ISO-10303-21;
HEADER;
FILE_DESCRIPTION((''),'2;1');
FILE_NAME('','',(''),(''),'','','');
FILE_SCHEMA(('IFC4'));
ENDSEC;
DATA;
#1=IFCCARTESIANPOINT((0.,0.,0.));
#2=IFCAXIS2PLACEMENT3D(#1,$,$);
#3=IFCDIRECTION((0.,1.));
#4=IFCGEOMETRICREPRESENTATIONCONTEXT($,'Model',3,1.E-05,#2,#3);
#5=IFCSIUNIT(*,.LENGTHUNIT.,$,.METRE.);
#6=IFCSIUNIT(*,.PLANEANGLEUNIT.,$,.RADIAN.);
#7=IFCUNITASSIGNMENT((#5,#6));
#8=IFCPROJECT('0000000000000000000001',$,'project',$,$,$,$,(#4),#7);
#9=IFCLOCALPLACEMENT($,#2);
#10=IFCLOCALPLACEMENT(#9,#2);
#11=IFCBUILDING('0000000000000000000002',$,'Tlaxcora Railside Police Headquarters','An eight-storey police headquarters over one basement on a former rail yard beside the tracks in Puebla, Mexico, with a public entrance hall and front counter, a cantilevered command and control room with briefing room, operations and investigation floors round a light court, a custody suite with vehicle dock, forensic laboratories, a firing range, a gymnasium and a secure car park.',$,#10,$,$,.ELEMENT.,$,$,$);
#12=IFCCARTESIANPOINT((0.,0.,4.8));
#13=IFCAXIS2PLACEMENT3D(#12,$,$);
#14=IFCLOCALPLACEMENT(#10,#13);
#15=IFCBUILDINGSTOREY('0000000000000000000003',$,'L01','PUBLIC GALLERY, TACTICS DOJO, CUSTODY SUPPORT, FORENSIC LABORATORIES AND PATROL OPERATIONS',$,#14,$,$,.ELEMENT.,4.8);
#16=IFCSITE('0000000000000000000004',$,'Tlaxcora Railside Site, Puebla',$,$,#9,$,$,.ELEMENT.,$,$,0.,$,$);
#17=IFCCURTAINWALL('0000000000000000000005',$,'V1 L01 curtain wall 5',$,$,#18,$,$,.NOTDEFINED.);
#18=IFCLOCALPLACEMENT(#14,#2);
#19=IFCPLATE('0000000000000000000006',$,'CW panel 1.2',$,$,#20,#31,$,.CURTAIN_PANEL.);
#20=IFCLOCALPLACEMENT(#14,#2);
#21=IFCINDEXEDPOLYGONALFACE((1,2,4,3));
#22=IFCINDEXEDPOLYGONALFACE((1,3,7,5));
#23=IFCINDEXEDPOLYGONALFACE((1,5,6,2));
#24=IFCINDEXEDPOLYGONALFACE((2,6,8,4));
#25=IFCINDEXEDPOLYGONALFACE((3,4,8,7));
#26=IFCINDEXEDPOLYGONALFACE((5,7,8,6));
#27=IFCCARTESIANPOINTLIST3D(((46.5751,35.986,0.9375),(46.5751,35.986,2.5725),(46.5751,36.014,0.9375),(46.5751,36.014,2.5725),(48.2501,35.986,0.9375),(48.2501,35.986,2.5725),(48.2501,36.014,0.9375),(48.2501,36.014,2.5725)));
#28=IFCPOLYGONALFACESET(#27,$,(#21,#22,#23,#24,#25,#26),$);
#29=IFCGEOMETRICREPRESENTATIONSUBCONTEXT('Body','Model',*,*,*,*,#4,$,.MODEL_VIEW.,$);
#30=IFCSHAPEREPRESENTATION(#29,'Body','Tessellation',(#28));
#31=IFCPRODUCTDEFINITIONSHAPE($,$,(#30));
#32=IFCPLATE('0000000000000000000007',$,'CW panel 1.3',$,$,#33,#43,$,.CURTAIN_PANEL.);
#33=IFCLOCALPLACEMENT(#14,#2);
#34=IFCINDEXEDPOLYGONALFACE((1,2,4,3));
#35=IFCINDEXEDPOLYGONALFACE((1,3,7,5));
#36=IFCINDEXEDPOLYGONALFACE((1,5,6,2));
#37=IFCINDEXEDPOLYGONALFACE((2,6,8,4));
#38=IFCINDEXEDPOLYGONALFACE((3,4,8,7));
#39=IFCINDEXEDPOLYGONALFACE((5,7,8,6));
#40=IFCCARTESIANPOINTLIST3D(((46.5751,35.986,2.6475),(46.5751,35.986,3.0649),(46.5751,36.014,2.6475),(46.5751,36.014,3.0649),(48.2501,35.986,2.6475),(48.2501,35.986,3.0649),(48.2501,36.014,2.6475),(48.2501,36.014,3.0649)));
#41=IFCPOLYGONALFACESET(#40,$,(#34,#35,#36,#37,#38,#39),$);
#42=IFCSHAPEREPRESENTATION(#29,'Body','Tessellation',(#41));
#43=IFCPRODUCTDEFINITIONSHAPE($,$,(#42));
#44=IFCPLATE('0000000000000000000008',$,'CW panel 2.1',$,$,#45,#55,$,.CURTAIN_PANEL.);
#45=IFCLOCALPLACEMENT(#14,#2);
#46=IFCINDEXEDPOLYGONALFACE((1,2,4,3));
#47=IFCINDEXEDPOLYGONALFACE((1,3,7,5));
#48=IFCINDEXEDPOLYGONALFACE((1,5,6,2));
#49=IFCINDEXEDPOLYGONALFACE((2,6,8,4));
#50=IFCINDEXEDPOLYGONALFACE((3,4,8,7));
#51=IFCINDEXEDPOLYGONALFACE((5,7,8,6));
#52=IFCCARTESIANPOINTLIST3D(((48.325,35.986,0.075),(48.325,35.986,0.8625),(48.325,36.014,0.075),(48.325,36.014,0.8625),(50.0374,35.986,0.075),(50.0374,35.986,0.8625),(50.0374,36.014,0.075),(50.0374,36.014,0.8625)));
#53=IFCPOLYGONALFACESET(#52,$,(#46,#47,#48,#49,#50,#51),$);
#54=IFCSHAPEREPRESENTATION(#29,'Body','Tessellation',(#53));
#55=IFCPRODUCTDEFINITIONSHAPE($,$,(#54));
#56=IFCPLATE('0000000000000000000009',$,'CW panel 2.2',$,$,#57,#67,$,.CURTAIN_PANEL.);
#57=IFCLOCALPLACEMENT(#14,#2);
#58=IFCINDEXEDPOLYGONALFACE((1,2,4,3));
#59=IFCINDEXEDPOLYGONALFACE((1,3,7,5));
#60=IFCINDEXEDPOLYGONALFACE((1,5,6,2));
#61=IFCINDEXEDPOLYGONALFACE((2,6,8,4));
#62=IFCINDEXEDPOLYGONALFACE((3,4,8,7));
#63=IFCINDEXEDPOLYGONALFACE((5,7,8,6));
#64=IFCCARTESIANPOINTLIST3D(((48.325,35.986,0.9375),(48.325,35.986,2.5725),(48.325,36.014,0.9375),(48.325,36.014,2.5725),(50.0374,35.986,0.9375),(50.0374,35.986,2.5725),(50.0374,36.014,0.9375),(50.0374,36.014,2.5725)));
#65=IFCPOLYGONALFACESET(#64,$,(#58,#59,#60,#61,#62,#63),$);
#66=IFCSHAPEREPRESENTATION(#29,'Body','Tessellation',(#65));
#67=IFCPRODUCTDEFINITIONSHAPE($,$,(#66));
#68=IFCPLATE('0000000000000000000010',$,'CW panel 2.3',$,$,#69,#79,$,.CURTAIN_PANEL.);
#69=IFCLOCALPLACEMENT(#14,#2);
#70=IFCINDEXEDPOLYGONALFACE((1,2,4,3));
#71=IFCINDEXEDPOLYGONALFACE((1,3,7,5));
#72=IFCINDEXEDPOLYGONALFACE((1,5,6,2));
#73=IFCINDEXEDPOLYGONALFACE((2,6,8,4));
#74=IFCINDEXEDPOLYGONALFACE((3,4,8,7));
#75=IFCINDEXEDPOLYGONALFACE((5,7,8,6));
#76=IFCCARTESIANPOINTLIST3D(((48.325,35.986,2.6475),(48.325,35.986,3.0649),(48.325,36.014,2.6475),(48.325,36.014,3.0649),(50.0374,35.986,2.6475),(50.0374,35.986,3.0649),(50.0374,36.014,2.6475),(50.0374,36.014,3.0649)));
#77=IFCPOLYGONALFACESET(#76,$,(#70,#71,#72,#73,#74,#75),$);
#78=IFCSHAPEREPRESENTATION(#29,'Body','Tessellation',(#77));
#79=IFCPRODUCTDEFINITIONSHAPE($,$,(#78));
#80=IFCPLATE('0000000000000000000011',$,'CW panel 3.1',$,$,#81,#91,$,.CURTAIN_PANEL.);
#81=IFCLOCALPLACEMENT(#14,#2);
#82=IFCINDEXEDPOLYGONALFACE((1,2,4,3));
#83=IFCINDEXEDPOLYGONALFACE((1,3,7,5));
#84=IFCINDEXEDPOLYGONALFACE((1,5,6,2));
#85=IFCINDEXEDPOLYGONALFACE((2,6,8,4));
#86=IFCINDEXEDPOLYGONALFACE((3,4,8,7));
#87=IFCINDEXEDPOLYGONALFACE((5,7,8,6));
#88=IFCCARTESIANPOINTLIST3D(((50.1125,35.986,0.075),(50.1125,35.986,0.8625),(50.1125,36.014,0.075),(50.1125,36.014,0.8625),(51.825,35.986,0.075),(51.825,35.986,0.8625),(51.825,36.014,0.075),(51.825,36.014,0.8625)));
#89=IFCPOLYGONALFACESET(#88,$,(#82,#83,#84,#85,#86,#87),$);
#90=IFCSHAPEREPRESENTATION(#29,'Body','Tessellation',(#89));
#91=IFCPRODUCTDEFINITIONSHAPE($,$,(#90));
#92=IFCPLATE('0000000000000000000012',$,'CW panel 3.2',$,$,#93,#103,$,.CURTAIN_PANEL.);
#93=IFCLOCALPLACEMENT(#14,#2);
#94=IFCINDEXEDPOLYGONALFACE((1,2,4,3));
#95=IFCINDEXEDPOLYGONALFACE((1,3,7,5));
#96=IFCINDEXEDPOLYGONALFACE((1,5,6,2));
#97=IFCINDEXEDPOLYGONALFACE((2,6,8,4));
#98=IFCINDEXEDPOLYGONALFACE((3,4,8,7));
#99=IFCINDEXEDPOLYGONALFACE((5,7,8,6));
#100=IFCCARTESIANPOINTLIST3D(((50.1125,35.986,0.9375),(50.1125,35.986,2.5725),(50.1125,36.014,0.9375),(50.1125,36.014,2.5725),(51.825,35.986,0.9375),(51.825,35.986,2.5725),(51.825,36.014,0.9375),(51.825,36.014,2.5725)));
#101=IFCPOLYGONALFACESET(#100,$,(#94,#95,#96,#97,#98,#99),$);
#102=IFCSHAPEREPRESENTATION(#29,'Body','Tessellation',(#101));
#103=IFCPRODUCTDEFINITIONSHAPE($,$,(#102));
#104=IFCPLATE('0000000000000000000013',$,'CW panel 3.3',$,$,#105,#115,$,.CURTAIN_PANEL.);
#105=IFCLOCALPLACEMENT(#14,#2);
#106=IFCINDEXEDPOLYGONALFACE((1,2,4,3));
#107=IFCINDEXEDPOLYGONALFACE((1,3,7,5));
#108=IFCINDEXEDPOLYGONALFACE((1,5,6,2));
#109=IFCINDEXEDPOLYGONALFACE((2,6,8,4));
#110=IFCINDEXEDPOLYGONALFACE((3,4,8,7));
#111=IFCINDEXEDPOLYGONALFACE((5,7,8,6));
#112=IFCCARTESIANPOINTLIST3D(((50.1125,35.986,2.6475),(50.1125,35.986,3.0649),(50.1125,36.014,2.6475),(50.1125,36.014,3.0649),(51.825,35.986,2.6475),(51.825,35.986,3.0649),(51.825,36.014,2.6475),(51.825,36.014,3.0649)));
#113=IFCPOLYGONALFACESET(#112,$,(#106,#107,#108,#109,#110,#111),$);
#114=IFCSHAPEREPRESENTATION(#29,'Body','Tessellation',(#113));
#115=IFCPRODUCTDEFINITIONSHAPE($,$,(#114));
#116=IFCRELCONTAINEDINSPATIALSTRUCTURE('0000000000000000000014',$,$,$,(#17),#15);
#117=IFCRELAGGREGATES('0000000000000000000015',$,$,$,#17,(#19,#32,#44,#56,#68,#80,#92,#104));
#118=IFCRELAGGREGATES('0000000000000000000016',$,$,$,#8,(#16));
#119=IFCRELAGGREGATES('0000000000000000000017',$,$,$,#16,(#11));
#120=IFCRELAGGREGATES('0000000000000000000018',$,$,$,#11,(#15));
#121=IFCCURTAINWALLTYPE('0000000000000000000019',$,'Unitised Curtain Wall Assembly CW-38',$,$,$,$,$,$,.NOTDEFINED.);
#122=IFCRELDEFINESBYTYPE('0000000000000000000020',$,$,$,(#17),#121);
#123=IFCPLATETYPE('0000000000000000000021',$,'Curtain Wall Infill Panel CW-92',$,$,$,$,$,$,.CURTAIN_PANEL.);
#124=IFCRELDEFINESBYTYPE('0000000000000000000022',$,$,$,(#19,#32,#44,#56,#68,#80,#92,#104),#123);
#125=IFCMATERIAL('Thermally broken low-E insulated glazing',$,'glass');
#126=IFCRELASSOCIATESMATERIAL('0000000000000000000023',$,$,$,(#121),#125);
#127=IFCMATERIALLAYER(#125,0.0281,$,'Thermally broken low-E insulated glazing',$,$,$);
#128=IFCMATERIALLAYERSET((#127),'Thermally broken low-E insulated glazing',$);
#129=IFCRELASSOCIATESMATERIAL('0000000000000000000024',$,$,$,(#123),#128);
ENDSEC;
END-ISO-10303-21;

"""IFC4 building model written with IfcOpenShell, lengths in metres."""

from ifc_helpers import new_model, si_unit, direction, frame, origin, origin_2d, place, context, subcontext, project, spatial, rectangle, extrude, material, layer, layer_set, type_object, element, aggregate, save


model = new_model("IFC4")

# Units and contexts
model_context = context("Model", 3, precision=1e-05, world=origin(), true_north=direction((0.0, 1.0)))
body_context = subcontext(model_context, "Body", "Model", "MODEL_VIEW")
ifc_project = project(units=[si_unit("LENGTHUNIT", "METRE"), si_unit("PLANEANGLEUNIT", "RADIAN")], contexts=[model_context])

# Site, building, storey
site_placement = place(None, origin())
site = spatial("IfcSite", under=ifc_project, at=site_placement, Name="Tlaxcora Railside Site, Puebla", CompositionType="ELEMENT", RefElevation=0.0)
building_placement = place(site_placement, origin())
building = spatial("IfcBuilding", under=site, at=building_placement, Name="Tlaxcora Railside Police Headquarters", Description="An eight-storey police headquarters over one basement on a former rail yard beside the tracks in Puebla, Mexico, with a public entrance hall and front counter, a cantilevered command and control room with briefing room, operations and investigation floors round a light court, a custody suite with vehicle dock, forensic laboratories, a firing range, a gymnasium and a secure car park.", CompositionType="ELEMENT")
storey_placement = place(building_placement, frame((0.0, 0.0, 4.8)))
storey = spatial("IfcBuildingStorey", under=building, at=storey_placement, Name="L01", Description="PUBLIC GALLERY, TACTICS DOJO, CUSTODY SUPPORT, FORENSIC LABORATORIES AND PATROL OPERATIONS", CompositionType="ELEMENT", Elevation=4.8)

# Curtain wall, plates
ifc_material_1 = material(Name="Thermally broken low-E insulated glazing", Category="glass")
curtain_wall_type = type_object("IfcCurtainWallType", Name="Unitised Curtain Wall Assembly CW-38", PredefinedType="NOTDEFINED", material=ifc_material_1)
curtain_wall_placement = place(storey_placement, origin())
curtain_wall = element("IfcCurtainWall", 1, at=curtain_wall_placement, inside=storey, type_object=curtain_wall_type, Name="V1 L01 curtain wall 5", PredefinedType="NOTDEFINED")
ifc_layer = layer(ifc_material_1, 0.0281, Name="Thermally broken low-E insulated glazing")
ifc_layer_set = layer_set([ifc_layer], Name="Thermally broken low-E insulated glazing")
plate_type = type_object("IfcPlateType", Name="Curtain Wall Infill Panel CW-92", PredefinedType="CURTAIN_PANEL", material=ifc_layer_set)
plate_1_placement = place(storey_placement, frame((47.4126, 36.0, 0.9375), z_axis=(0.0, 0.0, 1.0), x_axis=(1.0, 0.0, 0.0)))
plate_1 = element("IfcPlate", 2, at=plate_1_placement, type_object=plate_type, Name="CW panel 1.2", PredefinedType="CURTAIN_PANEL", context=body_context, shape_type="SweptSolid", body=[
    extrude(rectangle(XDim=1.675, YDim=0.0281, at=origin_2d()), origin(), (0.0, 0.0, 1.0), 1.635),
])
plate_2_placement = place(storey_placement, frame((47.4126, 36.0, 2.6475), z_axis=(0.0, 0.0, 1.0), x_axis=(1.0, 0.0, 0.0)))
plate_2 = element("IfcPlate", 3, at=plate_2_placement, type_object=plate_type, Name="CW panel 1.3", PredefinedType="CURTAIN_PANEL", context=body_context, shape_type="SweptSolid", body=[
    extrude(rectangle(XDim=1.675, YDim=0.0281, at=origin_2d()), origin(), (0.0, 0.0, 1.0), 0.4175),
])
plate_3_placement = place(storey_placement, frame((49.1812, 36.0, 0.075), z_axis=(0.0, 0.0, 1.0), x_axis=(1.0, 0.0, 0.0)))
plate_3 = element("IfcPlate", 4, at=plate_3_placement, type_object=plate_type, Name="CW panel 2.1", PredefinedType="CURTAIN_PANEL", context=body_context, shape_type="SweptSolid", body=[
    extrude(rectangle(XDim=1.7124, YDim=0.0281, at=origin_2d()), origin(), (0.0, 0.0, 1.0), 0.7876),
])
plate_4_placement = place(storey_placement, frame((49.1812, 36.0, 0.9375), z_axis=(0.0, 0.0, 1.0), x_axis=(1.0, 0.0, 0.0)))
plate_4 = element("IfcPlate", 5, at=plate_4_placement, type_object=plate_type, Name="CW panel 2.2", PredefinedType="CURTAIN_PANEL", context=body_context, shape_type="SweptSolid", body=[
    extrude(rectangle(XDim=1.7124, YDim=0.0281, at=origin_2d()), origin(), (0.0, 0.0, 1.0), 1.635),
])
plate_5_placement = place(storey_placement, frame((49.1812, 36.0, 2.6475), z_axis=(0.0, 0.0, 1.0), x_axis=(1.0, 0.0, 0.0)))
plate_5 = element("IfcPlate", 6, at=plate_5_placement, type_object=plate_type, Name="CW panel 2.3", PredefinedType="CURTAIN_PANEL", context=body_context, shape_type="SweptSolid", body=[
    extrude(rectangle(XDim=1.7124, YDim=0.0281, at=origin_2d()), origin(), (0.0, 0.0, 1.0), 0.4175),
])
plate_6_placement = place(storey_placement, frame((50.9688, 36.0, 0.075), z_axis=(0.0, 0.0, 1.0), x_axis=(1.0, 0.0, 0.0)))
plate_6 = element("IfcPlate", 7, at=plate_6_placement, type_object=plate_type, Name="CW panel 3.1", PredefinedType="CURTAIN_PANEL", context=body_context, shape_type="SweptSolid", body=[
    extrude(rectangle(XDim=1.7124, YDim=0.0281, at=origin_2d()), origin(), (0.0, 0.0, 1.0), 0.7876),
])
plate_7_placement = place(storey_placement, frame((50.9688, 36.0, 0.9375), z_axis=(0.0, 0.0, 1.0), x_axis=(1.0, 0.0, 0.0)))
plate_7 = element("IfcPlate", 8, at=plate_7_placement, type_object=plate_type, Name="CW panel 3.2", PredefinedType="CURTAIN_PANEL", context=body_context, shape_type="SweptSolid", body=[
    extrude(rectangle(XDim=1.7124, YDim=0.0281, at=origin_2d()), origin(), (0.0, 0.0, 1.0), 1.635),
])
plate_8_placement = place(storey_placement, frame((50.9688, 36.0, 2.6475), z_axis=(0.0, 0.0, 1.0), x_axis=(1.0, 0.0, 0.0)))
plate_8 = element("IfcPlate", 9, at=plate_8_placement, type_object=plate_type, Name="CW panel 3.3", PredefinedType="CURTAIN_PANEL", context=body_context, shape_type="SweptSolid", body=[
    extrude(rectangle(XDim=1.7124, YDim=0.0281, at=origin_2d()), origin(), (0.0, 0.0, 1.0), 0.4175),
])
aggregate(curtain_wall, [plate_1, plate_2, plate_3, plate_4, plate_5, plate_6, plate_7, plate_8])

save(model, "model.ifc")
